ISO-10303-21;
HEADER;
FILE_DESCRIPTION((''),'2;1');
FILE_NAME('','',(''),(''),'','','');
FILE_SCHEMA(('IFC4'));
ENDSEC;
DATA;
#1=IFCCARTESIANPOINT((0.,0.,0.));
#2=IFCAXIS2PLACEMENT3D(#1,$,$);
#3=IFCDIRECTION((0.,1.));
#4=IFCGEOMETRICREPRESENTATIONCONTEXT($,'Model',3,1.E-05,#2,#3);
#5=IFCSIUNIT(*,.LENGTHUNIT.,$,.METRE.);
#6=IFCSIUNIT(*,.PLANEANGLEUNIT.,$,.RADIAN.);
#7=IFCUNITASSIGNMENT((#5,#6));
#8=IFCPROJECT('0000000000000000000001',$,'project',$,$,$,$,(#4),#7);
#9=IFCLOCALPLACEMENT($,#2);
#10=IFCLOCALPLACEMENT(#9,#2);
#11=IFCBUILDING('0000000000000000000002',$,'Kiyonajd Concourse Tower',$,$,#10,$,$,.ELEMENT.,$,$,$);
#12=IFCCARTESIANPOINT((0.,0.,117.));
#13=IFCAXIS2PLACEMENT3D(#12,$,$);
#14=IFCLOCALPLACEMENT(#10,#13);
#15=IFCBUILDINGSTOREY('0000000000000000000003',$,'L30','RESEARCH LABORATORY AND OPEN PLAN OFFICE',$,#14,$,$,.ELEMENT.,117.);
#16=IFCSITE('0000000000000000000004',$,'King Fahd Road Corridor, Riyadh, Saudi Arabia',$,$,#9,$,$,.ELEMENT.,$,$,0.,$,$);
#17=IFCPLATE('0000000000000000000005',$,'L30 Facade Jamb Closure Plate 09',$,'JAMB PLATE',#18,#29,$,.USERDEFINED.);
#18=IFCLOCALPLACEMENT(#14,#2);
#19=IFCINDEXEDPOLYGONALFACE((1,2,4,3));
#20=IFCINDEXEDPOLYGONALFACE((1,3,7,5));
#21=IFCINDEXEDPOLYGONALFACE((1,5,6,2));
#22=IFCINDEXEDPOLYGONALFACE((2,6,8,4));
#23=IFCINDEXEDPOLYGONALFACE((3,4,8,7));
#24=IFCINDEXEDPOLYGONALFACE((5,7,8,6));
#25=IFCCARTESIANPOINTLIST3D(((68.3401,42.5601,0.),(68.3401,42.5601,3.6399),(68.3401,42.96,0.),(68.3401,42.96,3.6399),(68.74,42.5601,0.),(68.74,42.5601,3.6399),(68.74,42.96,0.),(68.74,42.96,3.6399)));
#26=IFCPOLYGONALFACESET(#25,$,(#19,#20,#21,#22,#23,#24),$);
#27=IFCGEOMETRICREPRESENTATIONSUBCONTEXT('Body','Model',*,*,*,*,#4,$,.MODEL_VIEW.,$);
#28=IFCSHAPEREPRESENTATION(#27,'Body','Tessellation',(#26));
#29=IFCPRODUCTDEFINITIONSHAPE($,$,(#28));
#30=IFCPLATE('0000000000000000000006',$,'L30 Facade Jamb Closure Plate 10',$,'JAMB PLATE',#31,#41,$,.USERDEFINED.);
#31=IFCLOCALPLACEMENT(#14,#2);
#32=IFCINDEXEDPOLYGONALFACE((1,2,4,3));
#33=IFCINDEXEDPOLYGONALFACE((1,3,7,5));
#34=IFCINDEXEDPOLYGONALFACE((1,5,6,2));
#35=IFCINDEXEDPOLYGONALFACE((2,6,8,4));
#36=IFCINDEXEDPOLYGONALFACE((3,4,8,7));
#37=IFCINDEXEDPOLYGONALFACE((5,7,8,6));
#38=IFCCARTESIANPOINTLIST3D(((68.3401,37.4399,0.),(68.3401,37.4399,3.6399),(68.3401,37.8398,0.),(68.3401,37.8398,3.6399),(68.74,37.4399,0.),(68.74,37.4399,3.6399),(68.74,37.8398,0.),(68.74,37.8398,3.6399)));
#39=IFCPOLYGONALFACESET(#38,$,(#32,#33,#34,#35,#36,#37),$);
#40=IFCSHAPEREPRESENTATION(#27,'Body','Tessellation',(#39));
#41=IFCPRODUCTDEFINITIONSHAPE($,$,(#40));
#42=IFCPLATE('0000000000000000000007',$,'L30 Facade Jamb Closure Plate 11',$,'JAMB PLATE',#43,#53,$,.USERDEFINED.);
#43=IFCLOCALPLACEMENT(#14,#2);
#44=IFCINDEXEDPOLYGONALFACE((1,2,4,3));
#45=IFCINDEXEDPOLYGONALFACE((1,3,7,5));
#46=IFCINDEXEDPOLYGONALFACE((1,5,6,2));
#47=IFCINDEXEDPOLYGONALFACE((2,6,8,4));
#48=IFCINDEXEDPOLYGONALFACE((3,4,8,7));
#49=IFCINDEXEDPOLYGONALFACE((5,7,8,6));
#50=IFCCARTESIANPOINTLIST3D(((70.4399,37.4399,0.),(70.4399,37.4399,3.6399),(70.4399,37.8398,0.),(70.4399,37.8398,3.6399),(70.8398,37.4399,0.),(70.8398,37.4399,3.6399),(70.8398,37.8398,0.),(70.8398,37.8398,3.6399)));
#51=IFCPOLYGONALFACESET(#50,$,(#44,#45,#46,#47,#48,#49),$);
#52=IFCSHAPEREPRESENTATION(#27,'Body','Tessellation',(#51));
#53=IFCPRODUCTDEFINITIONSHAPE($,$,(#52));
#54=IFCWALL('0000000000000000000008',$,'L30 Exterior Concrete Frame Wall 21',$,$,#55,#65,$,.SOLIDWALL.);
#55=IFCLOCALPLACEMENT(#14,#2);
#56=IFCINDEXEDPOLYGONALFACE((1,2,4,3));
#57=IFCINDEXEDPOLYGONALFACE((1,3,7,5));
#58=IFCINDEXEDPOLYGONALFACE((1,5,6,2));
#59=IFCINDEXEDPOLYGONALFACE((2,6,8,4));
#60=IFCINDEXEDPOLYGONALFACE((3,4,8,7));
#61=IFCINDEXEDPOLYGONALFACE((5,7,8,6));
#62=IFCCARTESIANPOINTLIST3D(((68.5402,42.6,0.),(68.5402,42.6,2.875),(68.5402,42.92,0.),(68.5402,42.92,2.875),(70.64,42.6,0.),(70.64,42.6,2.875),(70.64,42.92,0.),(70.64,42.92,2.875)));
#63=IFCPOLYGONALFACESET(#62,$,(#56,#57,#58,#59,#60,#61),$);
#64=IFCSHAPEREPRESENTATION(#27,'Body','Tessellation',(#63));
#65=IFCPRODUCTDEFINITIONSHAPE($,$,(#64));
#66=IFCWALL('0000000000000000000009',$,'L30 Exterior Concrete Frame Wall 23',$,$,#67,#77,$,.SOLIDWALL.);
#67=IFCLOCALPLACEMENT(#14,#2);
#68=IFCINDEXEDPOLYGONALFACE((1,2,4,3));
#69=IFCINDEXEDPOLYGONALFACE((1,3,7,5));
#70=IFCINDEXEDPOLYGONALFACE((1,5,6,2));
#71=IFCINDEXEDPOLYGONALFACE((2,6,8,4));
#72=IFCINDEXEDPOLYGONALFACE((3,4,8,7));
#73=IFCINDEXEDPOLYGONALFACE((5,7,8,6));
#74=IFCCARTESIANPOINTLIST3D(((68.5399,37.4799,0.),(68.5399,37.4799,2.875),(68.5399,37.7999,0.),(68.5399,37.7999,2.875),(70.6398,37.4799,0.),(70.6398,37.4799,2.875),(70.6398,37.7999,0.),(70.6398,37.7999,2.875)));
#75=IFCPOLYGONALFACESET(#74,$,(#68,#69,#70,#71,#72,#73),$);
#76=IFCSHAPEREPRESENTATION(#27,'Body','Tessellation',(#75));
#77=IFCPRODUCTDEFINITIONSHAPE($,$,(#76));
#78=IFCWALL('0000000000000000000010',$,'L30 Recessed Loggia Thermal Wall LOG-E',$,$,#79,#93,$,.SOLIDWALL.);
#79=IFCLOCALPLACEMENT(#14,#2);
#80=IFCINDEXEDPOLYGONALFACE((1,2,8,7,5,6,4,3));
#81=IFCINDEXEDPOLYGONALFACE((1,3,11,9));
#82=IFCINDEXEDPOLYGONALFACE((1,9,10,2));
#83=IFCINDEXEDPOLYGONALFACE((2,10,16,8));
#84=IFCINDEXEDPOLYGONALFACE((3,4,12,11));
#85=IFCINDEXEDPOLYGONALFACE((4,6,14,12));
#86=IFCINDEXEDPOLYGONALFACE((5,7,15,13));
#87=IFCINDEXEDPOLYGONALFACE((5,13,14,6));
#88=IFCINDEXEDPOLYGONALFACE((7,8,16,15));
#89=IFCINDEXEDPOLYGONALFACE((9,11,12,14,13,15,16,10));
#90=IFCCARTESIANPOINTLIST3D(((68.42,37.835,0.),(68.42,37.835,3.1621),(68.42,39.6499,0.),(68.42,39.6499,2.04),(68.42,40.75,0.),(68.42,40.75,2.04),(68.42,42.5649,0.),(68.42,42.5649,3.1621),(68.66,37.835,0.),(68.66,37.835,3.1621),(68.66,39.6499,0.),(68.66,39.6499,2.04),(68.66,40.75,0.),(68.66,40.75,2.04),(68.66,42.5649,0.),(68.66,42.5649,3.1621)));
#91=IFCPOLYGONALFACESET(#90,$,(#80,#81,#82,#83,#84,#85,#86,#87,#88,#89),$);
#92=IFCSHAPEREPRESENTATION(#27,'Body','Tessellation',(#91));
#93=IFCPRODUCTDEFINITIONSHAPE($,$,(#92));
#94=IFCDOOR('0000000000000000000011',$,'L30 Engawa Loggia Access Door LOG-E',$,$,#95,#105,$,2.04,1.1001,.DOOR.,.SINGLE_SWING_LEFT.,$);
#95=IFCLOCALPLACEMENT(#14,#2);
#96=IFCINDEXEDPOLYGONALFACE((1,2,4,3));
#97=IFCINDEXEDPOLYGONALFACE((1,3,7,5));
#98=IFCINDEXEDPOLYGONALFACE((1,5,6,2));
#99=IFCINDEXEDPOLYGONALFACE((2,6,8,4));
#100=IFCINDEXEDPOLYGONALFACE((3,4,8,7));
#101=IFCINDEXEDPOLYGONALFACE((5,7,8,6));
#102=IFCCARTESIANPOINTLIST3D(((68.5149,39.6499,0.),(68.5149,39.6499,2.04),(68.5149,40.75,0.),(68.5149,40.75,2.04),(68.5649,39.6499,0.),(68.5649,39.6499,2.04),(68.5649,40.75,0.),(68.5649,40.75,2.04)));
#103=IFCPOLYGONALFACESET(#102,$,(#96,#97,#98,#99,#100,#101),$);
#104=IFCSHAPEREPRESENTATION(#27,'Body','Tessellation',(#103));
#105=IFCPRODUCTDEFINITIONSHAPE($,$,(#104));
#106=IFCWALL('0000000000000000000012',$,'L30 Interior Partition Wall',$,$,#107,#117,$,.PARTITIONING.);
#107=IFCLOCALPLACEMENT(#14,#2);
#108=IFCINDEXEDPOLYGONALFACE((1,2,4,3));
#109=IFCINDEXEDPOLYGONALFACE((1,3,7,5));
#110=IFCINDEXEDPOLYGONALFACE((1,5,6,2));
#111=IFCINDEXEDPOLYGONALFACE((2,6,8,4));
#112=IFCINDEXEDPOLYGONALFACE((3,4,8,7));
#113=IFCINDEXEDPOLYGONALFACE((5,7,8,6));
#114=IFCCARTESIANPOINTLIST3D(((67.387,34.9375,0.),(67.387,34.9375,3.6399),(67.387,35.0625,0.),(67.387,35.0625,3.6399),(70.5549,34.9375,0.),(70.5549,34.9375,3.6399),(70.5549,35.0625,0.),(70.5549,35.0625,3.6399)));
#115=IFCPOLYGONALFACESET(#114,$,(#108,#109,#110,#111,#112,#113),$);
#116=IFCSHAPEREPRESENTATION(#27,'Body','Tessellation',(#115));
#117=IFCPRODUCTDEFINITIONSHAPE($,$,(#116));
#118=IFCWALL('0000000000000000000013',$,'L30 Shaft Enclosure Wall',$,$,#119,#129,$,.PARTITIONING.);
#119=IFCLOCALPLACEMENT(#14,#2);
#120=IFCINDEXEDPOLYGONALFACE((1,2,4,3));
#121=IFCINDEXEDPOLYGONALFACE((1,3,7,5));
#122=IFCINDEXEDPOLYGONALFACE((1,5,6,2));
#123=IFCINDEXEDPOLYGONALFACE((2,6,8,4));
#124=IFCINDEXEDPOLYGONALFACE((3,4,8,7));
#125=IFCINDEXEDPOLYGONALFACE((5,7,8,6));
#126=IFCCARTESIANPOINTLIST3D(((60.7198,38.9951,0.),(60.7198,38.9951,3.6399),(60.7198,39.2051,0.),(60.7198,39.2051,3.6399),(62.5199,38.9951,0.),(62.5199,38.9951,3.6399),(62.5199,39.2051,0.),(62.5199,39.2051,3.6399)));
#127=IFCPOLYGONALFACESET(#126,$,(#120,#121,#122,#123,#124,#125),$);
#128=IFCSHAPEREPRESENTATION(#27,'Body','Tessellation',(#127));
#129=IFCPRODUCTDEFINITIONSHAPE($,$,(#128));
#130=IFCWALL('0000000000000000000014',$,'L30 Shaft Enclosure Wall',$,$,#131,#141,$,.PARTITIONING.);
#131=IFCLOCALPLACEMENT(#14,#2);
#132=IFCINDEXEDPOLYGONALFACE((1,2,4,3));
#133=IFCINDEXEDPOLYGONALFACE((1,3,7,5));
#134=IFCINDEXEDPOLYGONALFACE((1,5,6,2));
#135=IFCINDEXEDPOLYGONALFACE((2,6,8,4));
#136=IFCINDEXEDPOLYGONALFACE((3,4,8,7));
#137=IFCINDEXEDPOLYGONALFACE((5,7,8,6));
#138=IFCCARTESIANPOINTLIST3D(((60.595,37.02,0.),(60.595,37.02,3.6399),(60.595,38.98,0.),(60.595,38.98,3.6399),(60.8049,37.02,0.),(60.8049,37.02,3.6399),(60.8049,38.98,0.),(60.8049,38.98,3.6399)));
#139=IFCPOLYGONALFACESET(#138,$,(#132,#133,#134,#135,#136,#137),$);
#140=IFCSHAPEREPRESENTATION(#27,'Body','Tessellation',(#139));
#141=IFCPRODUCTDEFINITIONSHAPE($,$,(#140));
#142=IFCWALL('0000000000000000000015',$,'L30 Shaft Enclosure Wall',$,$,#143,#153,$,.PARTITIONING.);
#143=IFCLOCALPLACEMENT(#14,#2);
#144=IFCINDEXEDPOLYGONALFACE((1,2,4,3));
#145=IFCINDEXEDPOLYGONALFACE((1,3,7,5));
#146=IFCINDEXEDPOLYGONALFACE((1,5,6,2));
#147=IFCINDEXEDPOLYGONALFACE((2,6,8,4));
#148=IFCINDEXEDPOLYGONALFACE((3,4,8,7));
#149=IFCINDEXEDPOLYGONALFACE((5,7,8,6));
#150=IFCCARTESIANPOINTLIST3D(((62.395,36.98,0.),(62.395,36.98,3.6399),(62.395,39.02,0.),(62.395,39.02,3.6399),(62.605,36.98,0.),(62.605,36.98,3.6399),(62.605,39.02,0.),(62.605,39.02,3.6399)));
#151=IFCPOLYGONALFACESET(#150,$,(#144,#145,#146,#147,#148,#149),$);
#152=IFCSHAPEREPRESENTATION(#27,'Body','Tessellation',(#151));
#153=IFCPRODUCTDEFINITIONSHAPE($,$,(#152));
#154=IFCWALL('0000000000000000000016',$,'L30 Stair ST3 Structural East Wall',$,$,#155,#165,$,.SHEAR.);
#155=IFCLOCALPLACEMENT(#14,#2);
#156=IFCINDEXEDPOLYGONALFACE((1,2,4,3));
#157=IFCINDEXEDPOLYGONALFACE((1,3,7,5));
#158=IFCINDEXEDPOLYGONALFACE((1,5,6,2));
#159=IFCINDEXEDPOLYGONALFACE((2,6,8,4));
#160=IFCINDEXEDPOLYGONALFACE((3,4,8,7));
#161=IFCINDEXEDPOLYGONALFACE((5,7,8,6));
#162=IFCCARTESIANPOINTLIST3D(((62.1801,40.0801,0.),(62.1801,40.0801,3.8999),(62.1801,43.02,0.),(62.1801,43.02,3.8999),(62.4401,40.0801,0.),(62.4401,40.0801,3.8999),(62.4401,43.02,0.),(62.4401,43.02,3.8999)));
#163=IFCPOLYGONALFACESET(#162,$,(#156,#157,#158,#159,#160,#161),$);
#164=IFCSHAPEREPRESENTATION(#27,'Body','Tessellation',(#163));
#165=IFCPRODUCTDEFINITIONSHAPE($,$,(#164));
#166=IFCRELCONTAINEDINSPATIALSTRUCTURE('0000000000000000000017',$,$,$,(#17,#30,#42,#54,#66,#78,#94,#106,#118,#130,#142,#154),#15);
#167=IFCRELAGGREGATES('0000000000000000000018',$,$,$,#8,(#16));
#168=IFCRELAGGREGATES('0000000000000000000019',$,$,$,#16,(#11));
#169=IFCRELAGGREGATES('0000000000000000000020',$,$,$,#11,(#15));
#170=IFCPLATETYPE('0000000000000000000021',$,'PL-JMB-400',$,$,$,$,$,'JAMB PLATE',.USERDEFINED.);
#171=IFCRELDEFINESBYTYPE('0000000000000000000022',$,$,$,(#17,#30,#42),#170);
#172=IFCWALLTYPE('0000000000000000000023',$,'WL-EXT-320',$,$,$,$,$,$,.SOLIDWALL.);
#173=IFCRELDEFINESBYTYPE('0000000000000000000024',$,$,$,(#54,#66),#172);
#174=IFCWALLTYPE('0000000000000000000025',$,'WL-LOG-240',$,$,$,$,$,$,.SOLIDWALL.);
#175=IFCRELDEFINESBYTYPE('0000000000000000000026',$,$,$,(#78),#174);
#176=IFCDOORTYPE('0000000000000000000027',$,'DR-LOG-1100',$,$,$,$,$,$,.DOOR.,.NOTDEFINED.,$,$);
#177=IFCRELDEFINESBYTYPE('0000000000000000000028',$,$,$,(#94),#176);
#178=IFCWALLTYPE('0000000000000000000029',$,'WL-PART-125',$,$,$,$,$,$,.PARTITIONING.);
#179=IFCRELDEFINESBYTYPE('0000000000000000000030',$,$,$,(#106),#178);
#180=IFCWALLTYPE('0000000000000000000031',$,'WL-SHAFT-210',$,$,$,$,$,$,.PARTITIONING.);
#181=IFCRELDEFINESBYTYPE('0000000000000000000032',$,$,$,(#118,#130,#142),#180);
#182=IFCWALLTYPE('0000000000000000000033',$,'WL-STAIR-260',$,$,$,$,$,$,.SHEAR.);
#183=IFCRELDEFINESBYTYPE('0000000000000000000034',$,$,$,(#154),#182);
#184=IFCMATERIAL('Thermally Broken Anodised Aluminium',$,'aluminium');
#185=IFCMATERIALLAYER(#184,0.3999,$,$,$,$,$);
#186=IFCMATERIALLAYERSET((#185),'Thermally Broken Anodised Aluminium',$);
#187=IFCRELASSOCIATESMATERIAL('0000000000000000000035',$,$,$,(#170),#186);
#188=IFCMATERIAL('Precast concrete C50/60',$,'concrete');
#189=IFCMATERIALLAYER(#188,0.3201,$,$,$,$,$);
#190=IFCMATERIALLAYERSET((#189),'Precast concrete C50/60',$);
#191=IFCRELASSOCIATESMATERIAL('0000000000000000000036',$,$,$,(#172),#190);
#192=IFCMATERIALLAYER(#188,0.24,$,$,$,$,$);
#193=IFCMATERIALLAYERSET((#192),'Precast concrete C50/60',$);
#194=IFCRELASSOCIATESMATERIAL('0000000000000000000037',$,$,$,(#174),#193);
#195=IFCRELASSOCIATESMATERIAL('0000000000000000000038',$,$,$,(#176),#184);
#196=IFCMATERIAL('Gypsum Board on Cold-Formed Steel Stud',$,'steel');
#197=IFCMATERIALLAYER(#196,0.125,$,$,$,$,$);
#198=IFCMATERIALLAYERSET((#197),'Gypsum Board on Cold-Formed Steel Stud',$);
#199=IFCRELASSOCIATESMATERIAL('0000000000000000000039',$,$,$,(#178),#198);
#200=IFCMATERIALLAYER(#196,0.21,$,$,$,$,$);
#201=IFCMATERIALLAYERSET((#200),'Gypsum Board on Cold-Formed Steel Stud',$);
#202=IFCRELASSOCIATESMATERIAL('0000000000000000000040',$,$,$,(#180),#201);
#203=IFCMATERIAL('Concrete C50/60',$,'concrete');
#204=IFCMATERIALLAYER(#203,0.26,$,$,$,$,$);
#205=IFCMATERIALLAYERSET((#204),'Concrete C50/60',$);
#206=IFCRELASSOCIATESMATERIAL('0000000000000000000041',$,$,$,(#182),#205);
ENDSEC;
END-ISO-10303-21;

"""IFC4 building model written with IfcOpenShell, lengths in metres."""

from ifc_helpers import new_model, si_unit, direction, frame, frame_2d, origin, origin_2d, place, context, subcontext, project, spatial, rectangle, extrude, material, layer, layer_set, type_object, element, fill, save


model = new_model("IFC4")

# Units and contexts
model_context = context("Model", 3, precision=1e-05, world=origin(), true_north=direction((0.0, 1.0)))
body_context = subcontext(model_context, "Body", "Model", "MODEL_VIEW")
ifc_project = project(units=[si_unit("LENGTHUNIT", "METRE"), si_unit("PLANEANGLEUNIT", "RADIAN")], contexts=[model_context])

# Site, building, storey
site_placement = place(None, origin())
site = spatial("IfcSite", under=ifc_project, at=site_placement, Name="King Fahd Road Corridor, Riyadh, Saudi Arabia", CompositionType="ELEMENT", RefElevation=0.0)
building_placement = place(site_placement, origin())
building = spatial("IfcBuilding", under=site, at=building_placement, Name="Kiyonajd Concourse Tower", CompositionType="ELEMENT")
storey_placement = place(building_placement, frame((0.0, 0.0, 117.0)))
storey = spatial("IfcBuildingStorey", under=building, at=storey_placement, Name="L30", Description="RESEARCH LABORATORY AND OPEN PLAN OFFICE", CompositionType="ELEMENT", Elevation=117.0)

# Shared definitions
ifc_material_1 = material(Name="Precast concrete C50/60", Category="concrete")

# Shared definitions
ifc_material_2 = material(Name="Thermally Broken Anodised Aluminium", Category="aluminium")

# Plates
ifc_layer_1 = layer(ifc_material_2, 0.3999)
ifc_layer_set_1 = layer_set([ifc_layer_1], Name="Thermally Broken Anodised Aluminium")
plate_type_1 = type_object("IfcPlateType", Name="PL-JMB-400", ElementType="JAMB PLATE", PredefinedType="USERDEFINED", material=ifc_layer_set_1)
for number, where, z_axis, x_axis, name in (
    (1, (68.54, 42.76, 0.0), (0.0, 0.0, 1.0), (1.0, 0.0, 0.0), "L30 Facade Jamb Closure Plate 09"),
    (2, (68.54, 37.6399, 0.0), (0.0, 0.0, 1.0), (1.0, 0.0, 0.0), "L30 Facade Jamb Closure Plate 10"),
    (3, (70.6399, 37.6399, 0.0), (0.0, 0.0, 1.0), (1.0, 0.0, 0.0), "L30 Facade Jamb Closure Plate 11"),
):
    element("IfcPlate", number, at=place(storey_placement, frame(where, z_axis=z_axis, x_axis=x_axis)), inside=storey, type_object=plate_type_1, Name=name, ObjectType="JAMB PLATE", PredefinedType="USERDEFINED", context=body_context, shape_type="SweptSolid", body=[
        extrude(rectangle(XDim=0.3999, YDim=0.3999, at=origin_2d()), origin(), (0.0, 0.0, 1.0), 3.6399),
    ])

# Walls
ifc_layer_2 = layer(ifc_material_1, 0.3201)
ifc_layer_set_2 = layer_set([ifc_layer_2], Name="Precast concrete C50/60")
wall_type_1 = type_object("IfcWallType", Name="WL-EXT-320", PredefinedType="SOLIDWALL", material=ifc_layer_set_2)
for number, where, z_axis, x_axis, name in (
    (4, (70.6399, 42.76, 0.0), (0.0, 0.0, 1.0), (-1.0, 0.0, 0.0), "L30 Exterior Concrete Frame Wall 21"),
    (5, (68.54, 37.6399, 0.0), (0.0, 0.0, 1.0), (1.0, 0.0, 0.0), "L30 Exterior Concrete Frame Wall 23"),
):
    element("IfcWall", number, at=place(storey_placement, frame(where, z_axis=z_axis, x_axis=x_axis)), inside=storey, type_object=wall_type_1, Name=name, PredefinedType="SOLIDWALL", context=body_context, shape_type="SweptSolid", body=[
        extrude(rectangle(XDim=2.0999, YDim=0.3201, at=frame_2d((1.0498, 0.0))), origin(), (0.0, 0.0, 1.0), 2.875),
    ])

# Wall, opening, door
ifc_layer_3 = layer(ifc_material_1, 0.24)
ifc_layer_set_3 = layer_set([ifc_layer_3], Name="Precast concrete C50/60")
wall_type_2 = type_object("IfcWallType", Name="WL-LOG-240", PredefinedType="SOLIDWALL", material=ifc_layer_set_3)
wall_1_placement = place(storey_placement, frame((68.54, 42.5649, 0.0), z_axis=(0.0, 0.0, 1.0), x_axis=(0.0, -1.0, 0.0)))
wall_1 = element("IfcWall", 6, at=wall_1_placement, inside=storey, type_object=wall_type_2, Name="L30 Recessed Loggia Thermal Wall LOG-E", PredefinedType="SOLIDWALL", context=body_context, shape_type="SweptSolid", body=[
    extrude(rectangle(XDim=4.73, YDim=0.24, at=frame_2d((2.365, 0.0))), origin(), (0.0, 0.0, 1.0), 3.1621),
])
opening_placement = place(wall_1_placement, frame((1.8149, 0.0, 0.0)))
opening = element("IfcOpeningElement", 7, at=opening_placement, cuts=wall_1, PredefinedType="OPENING", context=body_context, shape_type="SweptSolid", body=[
    extrude(rectangle(XDim=1.1001, YDim=2.04, at=frame_2d((0.55, 1.02))), frame((0.0, 0.1299, 0.0), z_axis=(0.0, -1.0, 0.0), x_axis=(1.0, 0.0, 0.0)), (0.0, 0.0, 1.0), 0.26),
])
door_type = type_object("IfcDoorType", Name="DR-LOG-1100", OperationType="NOTDEFINED", PredefinedType="DOOR", material=ifc_material_2)
door_placement = place(opening_placement, origin())
door = element("IfcDoor", 8, at=door_placement, inside=storey, type_object=door_type, Name="L30 Engawa Loggia Access Door LOG-E", OperationType="SINGLE_SWING_LEFT", OverallHeight=2.04, OverallWidth=1.1001, PredefinedType="DOOR", context=body_context, shape_type="SweptSolid", body=[
    extrude(rectangle(XDim=1.1001, YDim=2.04, at=frame_2d((0.55, 1.02))), frame((0.0, 0.0249, 0.0), z_axis=(0.0, -1.0, 0.0), x_axis=(1.0, 0.0, 0.0)), (0.0, 0.0, 1.0), 0.05),
])
fill(opening, door)

# Walls
ifc_material_3 = material(Name="Gypsum Board on Cold-Formed Steel Stud", Category="steel")
ifc_layer_4 = layer(ifc_material_3, 0.125)
ifc_layer_set_4 = layer_set([ifc_layer_4], Name="Gypsum Board on Cold-Formed Steel Stud")
wall_type_3 = type_object("IfcWallType", Name="WL-PART-125", PredefinedType="PARTITIONING", material=ifc_layer_set_4)
wall_2_placement = place(storey_placement, frame((67.387, 35.0, 0.0), z_axis=(0.0, 0.0, 1.0), x_axis=(1.0, 0.0, 0.0)))
element("IfcWall", 9, at=wall_2_placement, inside=storey, type_object=wall_type_3, Name="L30 Interior Partition Wall", PredefinedType="PARTITIONING", context=body_context, shape_type="SweptSolid", body=[
    extrude(rectangle(XDim=3.168, YDim=0.125, at=frame_2d((1.584, 0.0))), origin(), (0.0, 0.0, 1.0), 3.6399),
])
ifc_layer_5 = layer(ifc_material_3, 0.21)
ifc_layer_set_5 = layer_set([ifc_layer_5], Name="Gypsum Board on Cold-Formed Steel Stud")
wall_type_4 = type_object("IfcWallType", Name="WL-SHAFT-210", PredefinedType="PARTITIONING", material=ifc_layer_set_5)
wall_3_placement = place(storey_placement, frame((60.72, 39.1001, 0.0), z_axis=(0.0, 0.0, 1.0), x_axis=(1.0, 0.0, 0.0)))
element("IfcWall", 10, at=wall_3_placement, inside=storey, type_object=wall_type_4, Name="L30 Shaft Enclosure Wall", PredefinedType="PARTITIONING", context=body_context, shape_type="SweptSolid", body=[
    extrude(rectangle(XDim=1.8, YDim=0.21, at=frame_2d((0.8999, 0.0))), origin(), (0.0, 0.0, 1.0), 3.6399),
])
wall_4_placement = place(storey_placement, frame((60.7, 37.02, 0.0), z_axis=(0.0, 0.0, 1.0), x_axis=(0.0, 1.0, 0.0)))
element("IfcWall", 11, at=wall_4_placement, inside=storey, type_object=wall_type_4, Name="L30 Shaft Enclosure Wall", PredefinedType="PARTITIONING", context=body_context, shape_type="SweptSolid", body=[
    extrude(rectangle(XDim=1.96, YDim=0.21, at=frame_2d((0.98, 0.0))), origin(), (0.0, 0.0, 1.0), 3.6399),
])
wall_5_placement = place(storey_placement, frame((62.5, 36.98, 0.0), z_axis=(0.0, 0.0, 1.0), x_axis=(0.0, 1.0, 0.0)))
element("IfcWall", 12, at=wall_5_placement, inside=storey, type_object=wall_type_4, Name="L30 Shaft Enclosure Wall", PredefinedType="PARTITIONING", context=body_context, shape_type="SweptSolid", body=[
    extrude(rectangle(XDim=2.04, YDim=0.21, at=frame_2d((1.02, 0.0))), origin(), (0.0, 0.0, 1.0), 3.6399),
])
ifc_material_4 = material(Name="Concrete C50/60", Category="concrete")
ifc_layer_6 = layer(ifc_material_4, 0.26)
ifc_layer_set_6 = layer_set([ifc_layer_6], Name="Concrete C50/60")
wall_type_5 = type_object("IfcWallType", Name="WL-STAIR-260", PredefinedType="SHEAR", material=ifc_layer_set_6)
wall_6_placement = place(storey_placement, frame((62.3101, 40.0801, 0.0), z_axis=(0.0, 0.0, 1.0), x_axis=(0.0, 1.0, 0.0)))
element("IfcWall", 13, at=wall_6_placement, inside=storey, type_object=wall_type_5, Name="L30 Stair ST3 Structural East Wall", PredefinedType="SHEAR", context=body_context, shape_type="SweptSolid", body=[
    extrude(rectangle(XDim=2.9399, YDim=0.26, at=frame_2d((1.47, 0.0))), origin(), (0.0, 0.0, 1.0), 3.8999),
])

save(model, "model.ifc")
